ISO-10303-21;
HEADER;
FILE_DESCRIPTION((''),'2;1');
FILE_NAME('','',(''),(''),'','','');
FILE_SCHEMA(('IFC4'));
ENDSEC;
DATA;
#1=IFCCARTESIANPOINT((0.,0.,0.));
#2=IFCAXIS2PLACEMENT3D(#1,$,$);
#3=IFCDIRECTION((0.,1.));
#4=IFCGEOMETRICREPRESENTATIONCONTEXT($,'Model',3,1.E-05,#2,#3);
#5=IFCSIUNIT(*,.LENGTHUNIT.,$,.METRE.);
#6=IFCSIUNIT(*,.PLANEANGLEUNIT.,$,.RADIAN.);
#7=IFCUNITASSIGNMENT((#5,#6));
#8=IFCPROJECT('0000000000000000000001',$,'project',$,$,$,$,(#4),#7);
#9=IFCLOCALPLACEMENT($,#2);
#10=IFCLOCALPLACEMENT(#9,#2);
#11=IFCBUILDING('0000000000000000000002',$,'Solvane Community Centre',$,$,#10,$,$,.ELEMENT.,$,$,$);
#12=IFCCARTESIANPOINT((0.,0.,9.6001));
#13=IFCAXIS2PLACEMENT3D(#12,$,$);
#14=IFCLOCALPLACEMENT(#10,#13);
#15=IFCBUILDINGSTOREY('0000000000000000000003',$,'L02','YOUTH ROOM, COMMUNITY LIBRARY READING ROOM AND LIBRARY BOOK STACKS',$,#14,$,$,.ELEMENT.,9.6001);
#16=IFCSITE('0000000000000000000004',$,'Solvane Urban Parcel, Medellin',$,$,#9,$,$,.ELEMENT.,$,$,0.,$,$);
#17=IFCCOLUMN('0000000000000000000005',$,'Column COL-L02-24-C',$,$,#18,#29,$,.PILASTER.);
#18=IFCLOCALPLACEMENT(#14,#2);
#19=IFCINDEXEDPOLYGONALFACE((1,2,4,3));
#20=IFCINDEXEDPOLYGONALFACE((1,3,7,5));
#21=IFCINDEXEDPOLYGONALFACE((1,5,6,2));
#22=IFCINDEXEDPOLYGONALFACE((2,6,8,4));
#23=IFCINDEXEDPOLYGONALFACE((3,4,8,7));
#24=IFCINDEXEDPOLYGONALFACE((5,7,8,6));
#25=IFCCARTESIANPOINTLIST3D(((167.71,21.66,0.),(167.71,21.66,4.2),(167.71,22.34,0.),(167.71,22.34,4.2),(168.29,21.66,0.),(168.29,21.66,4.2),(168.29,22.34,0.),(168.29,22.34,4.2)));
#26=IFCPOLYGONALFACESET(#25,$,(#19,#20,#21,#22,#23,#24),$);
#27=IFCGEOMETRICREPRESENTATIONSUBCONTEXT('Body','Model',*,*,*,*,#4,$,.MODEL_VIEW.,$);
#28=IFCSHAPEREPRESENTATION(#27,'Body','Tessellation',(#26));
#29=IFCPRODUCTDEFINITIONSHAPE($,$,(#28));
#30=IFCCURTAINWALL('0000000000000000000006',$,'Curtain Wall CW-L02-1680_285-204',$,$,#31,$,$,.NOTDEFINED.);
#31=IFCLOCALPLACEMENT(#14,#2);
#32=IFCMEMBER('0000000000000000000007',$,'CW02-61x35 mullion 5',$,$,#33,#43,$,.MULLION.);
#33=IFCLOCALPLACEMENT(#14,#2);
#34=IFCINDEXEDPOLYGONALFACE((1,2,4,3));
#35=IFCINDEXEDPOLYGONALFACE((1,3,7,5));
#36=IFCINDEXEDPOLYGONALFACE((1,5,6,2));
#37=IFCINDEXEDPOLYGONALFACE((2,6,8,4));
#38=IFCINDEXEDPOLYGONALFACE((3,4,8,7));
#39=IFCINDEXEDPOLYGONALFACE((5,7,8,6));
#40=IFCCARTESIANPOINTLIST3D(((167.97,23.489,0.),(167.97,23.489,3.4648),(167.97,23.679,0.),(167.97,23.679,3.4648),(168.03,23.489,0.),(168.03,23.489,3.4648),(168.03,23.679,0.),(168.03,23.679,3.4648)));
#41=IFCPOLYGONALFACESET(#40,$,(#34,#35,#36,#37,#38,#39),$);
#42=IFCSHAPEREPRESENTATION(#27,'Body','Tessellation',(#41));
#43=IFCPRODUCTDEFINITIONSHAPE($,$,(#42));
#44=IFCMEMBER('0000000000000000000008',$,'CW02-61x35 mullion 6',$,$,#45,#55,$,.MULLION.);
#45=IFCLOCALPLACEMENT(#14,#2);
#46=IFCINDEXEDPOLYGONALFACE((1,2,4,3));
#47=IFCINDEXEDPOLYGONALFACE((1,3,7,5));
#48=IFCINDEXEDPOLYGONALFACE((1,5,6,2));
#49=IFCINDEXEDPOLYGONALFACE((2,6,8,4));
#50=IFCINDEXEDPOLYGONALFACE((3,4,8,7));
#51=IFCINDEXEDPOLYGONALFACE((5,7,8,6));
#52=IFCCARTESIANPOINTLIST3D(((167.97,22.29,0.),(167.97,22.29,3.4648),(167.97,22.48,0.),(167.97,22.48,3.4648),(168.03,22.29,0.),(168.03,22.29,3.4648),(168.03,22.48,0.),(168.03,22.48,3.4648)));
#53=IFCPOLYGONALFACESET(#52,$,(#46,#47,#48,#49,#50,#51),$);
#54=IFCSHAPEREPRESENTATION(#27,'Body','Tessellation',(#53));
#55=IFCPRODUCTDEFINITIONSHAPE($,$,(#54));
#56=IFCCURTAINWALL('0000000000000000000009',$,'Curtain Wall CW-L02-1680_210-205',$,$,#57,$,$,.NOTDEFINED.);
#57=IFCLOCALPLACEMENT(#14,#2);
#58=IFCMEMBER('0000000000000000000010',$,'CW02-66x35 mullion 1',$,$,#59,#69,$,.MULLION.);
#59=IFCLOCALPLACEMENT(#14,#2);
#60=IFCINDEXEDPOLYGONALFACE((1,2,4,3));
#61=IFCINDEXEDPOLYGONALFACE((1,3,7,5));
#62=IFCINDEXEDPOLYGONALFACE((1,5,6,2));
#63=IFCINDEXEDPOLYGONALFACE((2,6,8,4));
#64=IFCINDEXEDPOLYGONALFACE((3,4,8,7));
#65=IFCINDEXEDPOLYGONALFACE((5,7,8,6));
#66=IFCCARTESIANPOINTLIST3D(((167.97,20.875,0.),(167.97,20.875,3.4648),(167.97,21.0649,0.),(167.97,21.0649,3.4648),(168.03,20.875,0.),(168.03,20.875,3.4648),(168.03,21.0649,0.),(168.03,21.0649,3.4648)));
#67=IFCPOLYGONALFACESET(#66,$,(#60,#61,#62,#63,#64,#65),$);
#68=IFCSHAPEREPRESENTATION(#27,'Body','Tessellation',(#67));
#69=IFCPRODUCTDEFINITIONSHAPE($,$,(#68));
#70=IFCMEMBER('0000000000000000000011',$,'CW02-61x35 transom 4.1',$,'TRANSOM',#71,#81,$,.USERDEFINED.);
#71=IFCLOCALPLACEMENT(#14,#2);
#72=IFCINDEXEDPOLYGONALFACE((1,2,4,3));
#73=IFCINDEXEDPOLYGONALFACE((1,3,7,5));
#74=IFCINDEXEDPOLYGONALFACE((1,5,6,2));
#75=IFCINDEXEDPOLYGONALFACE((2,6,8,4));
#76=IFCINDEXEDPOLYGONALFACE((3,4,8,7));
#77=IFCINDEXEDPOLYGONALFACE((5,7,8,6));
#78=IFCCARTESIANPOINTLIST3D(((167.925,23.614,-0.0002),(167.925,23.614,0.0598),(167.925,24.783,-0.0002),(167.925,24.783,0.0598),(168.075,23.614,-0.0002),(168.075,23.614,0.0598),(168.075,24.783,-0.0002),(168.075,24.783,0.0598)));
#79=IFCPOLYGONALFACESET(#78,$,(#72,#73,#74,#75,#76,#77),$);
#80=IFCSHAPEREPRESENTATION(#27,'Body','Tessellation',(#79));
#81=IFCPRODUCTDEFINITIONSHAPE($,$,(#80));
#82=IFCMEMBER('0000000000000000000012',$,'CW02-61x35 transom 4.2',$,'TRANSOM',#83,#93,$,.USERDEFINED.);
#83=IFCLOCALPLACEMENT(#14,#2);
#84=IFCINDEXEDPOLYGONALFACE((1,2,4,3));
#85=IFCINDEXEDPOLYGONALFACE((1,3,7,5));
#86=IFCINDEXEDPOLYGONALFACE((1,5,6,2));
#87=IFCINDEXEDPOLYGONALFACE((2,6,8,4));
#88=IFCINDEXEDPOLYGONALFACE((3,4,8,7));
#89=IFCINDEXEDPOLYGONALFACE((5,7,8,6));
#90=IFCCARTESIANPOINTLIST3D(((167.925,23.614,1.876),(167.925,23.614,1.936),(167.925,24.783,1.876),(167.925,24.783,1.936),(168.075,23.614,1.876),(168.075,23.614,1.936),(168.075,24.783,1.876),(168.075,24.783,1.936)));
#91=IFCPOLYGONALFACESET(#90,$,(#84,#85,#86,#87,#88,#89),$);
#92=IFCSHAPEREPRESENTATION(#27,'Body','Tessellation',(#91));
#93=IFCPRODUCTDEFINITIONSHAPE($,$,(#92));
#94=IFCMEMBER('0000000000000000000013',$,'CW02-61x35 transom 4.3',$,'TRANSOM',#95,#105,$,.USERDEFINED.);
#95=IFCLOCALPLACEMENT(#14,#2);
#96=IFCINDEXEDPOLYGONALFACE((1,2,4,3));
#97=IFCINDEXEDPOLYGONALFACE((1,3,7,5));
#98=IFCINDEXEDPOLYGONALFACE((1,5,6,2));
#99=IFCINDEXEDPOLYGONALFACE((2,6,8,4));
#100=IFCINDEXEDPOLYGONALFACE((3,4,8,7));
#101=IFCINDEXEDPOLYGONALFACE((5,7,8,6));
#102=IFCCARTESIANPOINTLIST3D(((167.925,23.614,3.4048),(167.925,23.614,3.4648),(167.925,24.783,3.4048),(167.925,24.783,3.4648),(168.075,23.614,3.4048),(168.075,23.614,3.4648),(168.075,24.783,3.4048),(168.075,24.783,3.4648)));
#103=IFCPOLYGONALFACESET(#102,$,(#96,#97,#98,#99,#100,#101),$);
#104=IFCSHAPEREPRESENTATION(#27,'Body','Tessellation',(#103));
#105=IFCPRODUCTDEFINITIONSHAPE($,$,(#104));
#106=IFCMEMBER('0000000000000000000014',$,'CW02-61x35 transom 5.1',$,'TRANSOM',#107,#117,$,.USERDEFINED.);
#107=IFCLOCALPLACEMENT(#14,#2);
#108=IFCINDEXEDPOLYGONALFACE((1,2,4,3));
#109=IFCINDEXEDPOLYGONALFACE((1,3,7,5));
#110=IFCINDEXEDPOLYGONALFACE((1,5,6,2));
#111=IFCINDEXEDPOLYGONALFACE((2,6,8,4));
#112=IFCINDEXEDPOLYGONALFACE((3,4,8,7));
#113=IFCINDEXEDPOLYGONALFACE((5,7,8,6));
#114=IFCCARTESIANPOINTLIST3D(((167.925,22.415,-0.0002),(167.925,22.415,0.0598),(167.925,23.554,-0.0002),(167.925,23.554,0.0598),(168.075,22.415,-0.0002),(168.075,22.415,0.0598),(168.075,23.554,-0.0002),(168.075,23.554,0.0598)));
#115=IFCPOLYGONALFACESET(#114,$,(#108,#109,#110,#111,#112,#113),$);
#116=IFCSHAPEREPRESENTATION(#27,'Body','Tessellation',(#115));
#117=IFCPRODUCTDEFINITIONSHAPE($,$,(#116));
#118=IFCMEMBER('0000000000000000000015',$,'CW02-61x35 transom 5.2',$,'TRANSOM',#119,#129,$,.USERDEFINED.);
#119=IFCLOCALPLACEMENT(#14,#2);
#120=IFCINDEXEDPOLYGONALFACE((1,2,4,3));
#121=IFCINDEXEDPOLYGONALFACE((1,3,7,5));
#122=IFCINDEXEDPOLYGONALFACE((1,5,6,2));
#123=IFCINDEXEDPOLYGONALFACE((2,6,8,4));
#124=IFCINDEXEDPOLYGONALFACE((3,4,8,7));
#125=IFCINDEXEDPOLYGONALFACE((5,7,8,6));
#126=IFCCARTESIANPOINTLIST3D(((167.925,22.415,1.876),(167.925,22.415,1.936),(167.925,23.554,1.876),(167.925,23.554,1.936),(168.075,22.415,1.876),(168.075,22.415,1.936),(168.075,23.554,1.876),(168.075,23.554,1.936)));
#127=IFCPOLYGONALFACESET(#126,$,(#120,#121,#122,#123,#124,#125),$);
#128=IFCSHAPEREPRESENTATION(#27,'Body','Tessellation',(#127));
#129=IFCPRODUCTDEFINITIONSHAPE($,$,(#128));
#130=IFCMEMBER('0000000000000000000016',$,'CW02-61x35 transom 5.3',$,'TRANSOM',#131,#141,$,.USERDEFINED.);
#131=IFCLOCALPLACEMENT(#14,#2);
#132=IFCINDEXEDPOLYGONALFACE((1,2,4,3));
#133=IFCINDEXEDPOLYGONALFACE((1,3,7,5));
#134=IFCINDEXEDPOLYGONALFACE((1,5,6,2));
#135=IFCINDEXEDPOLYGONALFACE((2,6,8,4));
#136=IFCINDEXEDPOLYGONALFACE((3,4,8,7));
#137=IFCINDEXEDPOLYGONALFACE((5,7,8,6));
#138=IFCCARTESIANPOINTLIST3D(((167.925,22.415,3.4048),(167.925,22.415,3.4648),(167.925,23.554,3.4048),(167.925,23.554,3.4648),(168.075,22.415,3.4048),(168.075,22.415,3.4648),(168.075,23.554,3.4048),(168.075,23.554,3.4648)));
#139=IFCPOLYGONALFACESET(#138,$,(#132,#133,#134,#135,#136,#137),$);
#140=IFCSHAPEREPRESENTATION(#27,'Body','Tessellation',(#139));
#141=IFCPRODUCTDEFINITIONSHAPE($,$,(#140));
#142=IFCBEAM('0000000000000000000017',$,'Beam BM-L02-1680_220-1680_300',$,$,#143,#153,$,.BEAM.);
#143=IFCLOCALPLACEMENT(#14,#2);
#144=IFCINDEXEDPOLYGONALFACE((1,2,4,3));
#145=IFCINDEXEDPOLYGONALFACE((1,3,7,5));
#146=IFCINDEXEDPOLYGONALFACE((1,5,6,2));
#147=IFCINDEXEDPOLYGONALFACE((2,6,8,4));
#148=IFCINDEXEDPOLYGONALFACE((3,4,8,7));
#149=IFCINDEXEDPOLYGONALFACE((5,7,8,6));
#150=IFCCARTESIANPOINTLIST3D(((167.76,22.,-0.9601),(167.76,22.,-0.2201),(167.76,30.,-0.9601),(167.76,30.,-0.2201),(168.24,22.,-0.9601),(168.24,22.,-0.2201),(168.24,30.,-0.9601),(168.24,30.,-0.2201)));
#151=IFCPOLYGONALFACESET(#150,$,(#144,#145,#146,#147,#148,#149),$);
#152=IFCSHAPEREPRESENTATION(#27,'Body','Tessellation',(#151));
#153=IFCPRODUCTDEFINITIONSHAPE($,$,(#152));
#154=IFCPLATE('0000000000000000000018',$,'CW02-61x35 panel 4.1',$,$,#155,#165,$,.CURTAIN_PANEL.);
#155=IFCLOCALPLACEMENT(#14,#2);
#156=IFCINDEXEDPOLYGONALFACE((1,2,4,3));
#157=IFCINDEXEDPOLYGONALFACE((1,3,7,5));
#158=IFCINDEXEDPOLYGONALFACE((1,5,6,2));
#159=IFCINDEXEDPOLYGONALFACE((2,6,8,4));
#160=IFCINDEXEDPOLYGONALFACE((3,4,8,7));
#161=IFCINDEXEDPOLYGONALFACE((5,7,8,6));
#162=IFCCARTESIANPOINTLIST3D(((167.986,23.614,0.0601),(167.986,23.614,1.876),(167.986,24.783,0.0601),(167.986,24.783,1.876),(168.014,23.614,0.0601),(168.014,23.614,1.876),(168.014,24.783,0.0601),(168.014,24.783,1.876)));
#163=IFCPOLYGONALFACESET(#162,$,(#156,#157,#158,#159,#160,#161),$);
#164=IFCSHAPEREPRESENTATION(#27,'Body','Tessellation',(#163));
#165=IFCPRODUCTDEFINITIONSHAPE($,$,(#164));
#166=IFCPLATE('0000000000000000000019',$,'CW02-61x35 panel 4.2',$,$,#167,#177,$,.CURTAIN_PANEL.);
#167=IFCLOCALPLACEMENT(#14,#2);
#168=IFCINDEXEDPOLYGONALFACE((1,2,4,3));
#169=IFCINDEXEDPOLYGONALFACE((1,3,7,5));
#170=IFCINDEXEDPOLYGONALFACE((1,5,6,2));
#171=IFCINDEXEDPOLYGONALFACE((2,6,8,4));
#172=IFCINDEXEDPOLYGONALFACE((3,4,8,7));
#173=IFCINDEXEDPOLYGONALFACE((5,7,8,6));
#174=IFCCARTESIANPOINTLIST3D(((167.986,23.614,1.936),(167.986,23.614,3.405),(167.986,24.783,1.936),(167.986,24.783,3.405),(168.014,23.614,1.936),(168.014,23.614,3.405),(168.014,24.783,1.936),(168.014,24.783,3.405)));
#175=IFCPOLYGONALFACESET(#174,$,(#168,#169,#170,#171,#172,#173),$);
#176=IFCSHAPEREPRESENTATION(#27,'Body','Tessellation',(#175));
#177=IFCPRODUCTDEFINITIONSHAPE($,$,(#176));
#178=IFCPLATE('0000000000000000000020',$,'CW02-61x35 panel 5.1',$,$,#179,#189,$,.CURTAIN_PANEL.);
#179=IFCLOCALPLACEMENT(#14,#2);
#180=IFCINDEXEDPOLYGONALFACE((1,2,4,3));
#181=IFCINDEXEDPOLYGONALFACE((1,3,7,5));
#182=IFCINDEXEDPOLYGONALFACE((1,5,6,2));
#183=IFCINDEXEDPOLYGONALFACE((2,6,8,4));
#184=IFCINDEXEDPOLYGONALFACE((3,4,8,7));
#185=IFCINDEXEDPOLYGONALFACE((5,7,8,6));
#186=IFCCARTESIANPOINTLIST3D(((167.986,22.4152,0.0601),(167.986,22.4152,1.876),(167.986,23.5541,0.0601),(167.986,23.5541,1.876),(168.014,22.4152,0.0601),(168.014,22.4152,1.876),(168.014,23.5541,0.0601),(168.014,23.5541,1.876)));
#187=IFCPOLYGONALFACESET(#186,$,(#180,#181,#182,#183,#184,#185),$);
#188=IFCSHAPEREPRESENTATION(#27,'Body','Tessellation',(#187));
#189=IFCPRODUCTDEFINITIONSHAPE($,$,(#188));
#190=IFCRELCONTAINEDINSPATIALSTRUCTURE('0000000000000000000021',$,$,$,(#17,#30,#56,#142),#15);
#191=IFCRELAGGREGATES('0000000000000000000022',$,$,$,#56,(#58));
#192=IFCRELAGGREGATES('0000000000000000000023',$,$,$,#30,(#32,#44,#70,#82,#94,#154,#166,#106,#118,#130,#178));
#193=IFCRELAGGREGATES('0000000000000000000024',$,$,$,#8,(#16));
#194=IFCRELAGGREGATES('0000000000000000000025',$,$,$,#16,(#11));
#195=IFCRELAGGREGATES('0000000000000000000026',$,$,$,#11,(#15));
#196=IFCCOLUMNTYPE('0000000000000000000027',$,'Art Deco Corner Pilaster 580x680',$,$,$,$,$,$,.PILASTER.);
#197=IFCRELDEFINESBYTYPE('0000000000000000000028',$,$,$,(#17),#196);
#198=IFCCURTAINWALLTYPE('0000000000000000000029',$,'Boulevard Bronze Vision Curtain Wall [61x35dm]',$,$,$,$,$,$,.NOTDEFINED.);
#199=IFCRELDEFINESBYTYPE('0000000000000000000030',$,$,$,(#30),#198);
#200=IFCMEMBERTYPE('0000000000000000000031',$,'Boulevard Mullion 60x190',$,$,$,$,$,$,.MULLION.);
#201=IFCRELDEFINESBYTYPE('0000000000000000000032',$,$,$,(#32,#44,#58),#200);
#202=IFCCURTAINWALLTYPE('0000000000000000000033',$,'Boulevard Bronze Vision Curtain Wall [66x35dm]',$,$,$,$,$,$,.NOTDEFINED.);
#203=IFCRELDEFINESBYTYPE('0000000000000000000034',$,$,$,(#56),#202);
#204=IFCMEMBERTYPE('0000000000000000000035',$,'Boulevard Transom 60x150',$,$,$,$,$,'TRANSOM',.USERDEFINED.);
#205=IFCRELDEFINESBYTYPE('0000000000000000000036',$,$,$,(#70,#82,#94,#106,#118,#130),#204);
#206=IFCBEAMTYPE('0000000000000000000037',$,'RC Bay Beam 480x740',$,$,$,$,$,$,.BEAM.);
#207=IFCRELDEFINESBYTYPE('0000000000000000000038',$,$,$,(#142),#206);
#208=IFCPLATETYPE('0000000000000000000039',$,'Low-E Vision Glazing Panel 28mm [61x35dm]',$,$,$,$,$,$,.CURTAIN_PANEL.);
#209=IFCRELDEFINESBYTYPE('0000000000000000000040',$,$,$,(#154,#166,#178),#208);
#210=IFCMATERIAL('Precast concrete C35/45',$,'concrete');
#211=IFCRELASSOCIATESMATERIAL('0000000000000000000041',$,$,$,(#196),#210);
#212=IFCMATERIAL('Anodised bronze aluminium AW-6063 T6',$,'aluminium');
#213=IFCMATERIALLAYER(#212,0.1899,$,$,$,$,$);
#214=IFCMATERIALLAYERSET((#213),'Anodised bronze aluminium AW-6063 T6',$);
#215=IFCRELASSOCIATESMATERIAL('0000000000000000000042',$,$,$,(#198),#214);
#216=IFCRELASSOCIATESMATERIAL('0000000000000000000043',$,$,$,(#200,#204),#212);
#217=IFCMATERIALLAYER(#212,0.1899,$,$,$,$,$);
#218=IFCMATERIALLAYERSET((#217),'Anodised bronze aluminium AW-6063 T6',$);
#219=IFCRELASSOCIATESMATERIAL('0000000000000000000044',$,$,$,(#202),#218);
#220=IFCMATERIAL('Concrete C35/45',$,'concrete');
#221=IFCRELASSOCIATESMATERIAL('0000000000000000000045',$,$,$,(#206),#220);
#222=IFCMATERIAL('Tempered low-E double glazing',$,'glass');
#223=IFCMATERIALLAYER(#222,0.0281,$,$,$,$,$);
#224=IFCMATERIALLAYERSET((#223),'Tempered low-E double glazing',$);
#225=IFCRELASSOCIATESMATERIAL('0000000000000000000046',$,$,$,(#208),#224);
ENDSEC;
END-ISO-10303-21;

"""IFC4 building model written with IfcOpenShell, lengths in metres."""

from ifc_helpers import new_model, si_unit, direction, frame, origin, origin_2d, place, context, subcontext, project, spatial, rectangle, extrude, material, layer, layer_set, material_profile, profile_set, type_object, element, aggregate, save


model = new_model("IFC4")

# Units and contexts
model_context = context("Model", 3, precision=1e-05, world=origin(), true_north=direction((0.0, 1.0)))
body_context = subcontext(model_context, "Body", "Model", "MODEL_VIEW")
ifc_project = project(units=[si_unit("LENGTHUNIT", "METRE"), si_unit("PLANEANGLEUNIT", "RADIAN")], contexts=[model_context])

# Site, building, storey
site_placement = place(None, origin())
site = spatial("IfcSite", under=ifc_project, at=site_placement, Name="Solvane Urban Parcel, Medellin", CompositionType="ELEMENT", RefElevation=0.0)
building_placement = place(site_placement, origin())
building = spatial("IfcBuilding", under=site, at=building_placement, Name="Solvane Community Centre", CompositionType="ELEMENT")
storey_placement = place(building_placement, frame((0.0, 0.0, 9.6001)))
storey = spatial("IfcBuildingStorey", under=building, at=storey_placement, Name="L02", Description="YOUTH ROOM, COMMUNITY LIBRARY READING ROOM AND LIBRARY BOOK STACKS", CompositionType="ELEMENT", Elevation=9.6001)

# Column
ifc_material_1 = material(Name="Precast concrete C35/45", Category="concrete")
ifc_material_profile_1 = material_profile(ifc_material_1, rectangle(XDim=0.5801, YDim=0.6799, at=origin_2d()), Name="RC 580x680")
ifc_profile_set_1 = profile_set([ifc_material_profile_1], Name="Precast concrete C35/45")
column_type = type_object("IfcColumnType", Name="Art Deco Corner Pilaster 580x680", PredefinedType="PILASTER", material=ifc_profile_set_1)
column_placement = place(storey_placement, frame((168.0, 22.0, 0.0), z_axis=(0.0, 0.0, 1.0), x_axis=(1.0, 0.0, 0.0)))
element("IfcColumn", 1, at=column_placement, inside=storey, type_object=column_type, Name="Column COL-L02-24-C", PredefinedType="PILASTER", context=body_context, shape_type="SweptSolid", body=[
    extrude(rectangle(XDim=0.5801, YDim=0.6799, at=origin_2d()), origin(), (0.0, 0.0, 1.0), 4.2),
])

# Curtain wall, members
ifc_material_2 = material(Name="Anodised bronze aluminium AW-6063 T6", Category="aluminium")
ifc_layer_1 = layer(ifc_material_2, 0.1899)
ifc_layer_set_1 = layer_set([ifc_layer_1], Name="Anodised bronze aluminium AW-6063 T6")
curtain_wall_type_1 = type_object("IfcCurtainWallType", Name="Boulevard Bronze Vision Curtain Wall [61x35dm]", PredefinedType="NOTDEFINED", material=ifc_layer_set_1)
curtain_wall_1_placement = place(storey_placement, origin())
curtain_wall_1 = element("IfcCurtainWall", 2, at=curtain_wall_1_placement, inside=storey, type_object=curtain_wall_type_1, Name="Curtain Wall CW-L02-1680_285-204", PredefinedType="NOTDEFINED")
ifc_material_profile_2 = material_profile(ifc_material_2, rectangle(XDim=0.0601, YDim=0.1899, at=origin_2d()), Name="CW-M 60x190")
ifc_profile_set_2 = profile_set([ifc_material_profile_2], Name="Anodised bronze aluminium AW-6063 T6")
member_type_1 = type_object("IfcMemberType", Name="Boulevard Mullion 60x190", PredefinedType="MULLION", material=ifc_profile_set_2)
member_1_placement = place(storey_placement, frame((168.0, 23.584, 0.0), z_axis=(0.0, 0.0, 1.0), x_axis=(1.0, 0.0, 0.0)))
member_1 = element("IfcMember", 3, at=member_1_placement, type_object=member_type_1, Name="CW02-61x35 mullion 5", PredefinedType="MULLION", context=body_context, shape_type="SweptSolid", body=[
    extrude(rectangle(XDim=0.0601, YDim=0.1899, at=origin_2d()), origin(), (0.0, 0.0, 1.0), 3.4648),
])
member_2_placement = place(storey_placement, frame((168.0, 22.385, 0.0), z_axis=(0.0, 0.0, 1.0), x_axis=(1.0, 0.0, 0.0)))
member_2 = element("IfcMember", 4, at=member_2_placement, type_object=member_type_1, Name="CW02-61x35 mullion 6", PredefinedType="MULLION", context=body_context, shape_type="SweptSolid", body=[
    extrude(rectangle(XDim=0.0601, YDim=0.1899, at=origin_2d()), origin(), (0.0, 0.0, 1.0), 3.4648),
])

# Curtain wall, member
ifc_layer_2 = layer(ifc_material_2, 0.1899)
ifc_layer_set_2 = layer_set([ifc_layer_2], Name="Anodised bronze aluminium AW-6063 T6")
curtain_wall_type_2 = type_object("IfcCurtainWallType", Name="Boulevard Bronze Vision Curtain Wall [66x35dm]", PredefinedType="NOTDEFINED", material=ifc_layer_set_2)
curtain_wall_2_placement = place(storey_placement, origin())
curtain_wall_2 = element("IfcCurtainWall", 5, at=curtain_wall_2_placement, inside=storey, type_object=curtain_wall_type_2, Name="Curtain Wall CW-L02-1680_210-205", PredefinedType="NOTDEFINED")
member_3_placement = place(storey_placement, frame((168.0, 20.97, 0.0), z_axis=(0.0, 0.0, 1.0), x_axis=(1.0, 0.0, 0.0)))
member_3 = element("IfcMember", 6, at=member_3_placement, type_object=member_type_1, Name="CW02-66x35 mullion 1", PredefinedType="MULLION", context=body_context, shape_type="SweptSolid", body=[
    extrude(rectangle(XDim=0.0601, YDim=0.1899, at=origin_2d()), origin(), (0.0, 0.0, 1.0), 3.4648),
])
aggregate(curtain_wall_2, [member_3])

# Members
ifc_material_profile_3 = material_profile(ifc_material_2, rectangle(XDim=0.1499, YDim=0.0601, at=origin_2d()), Name="CW-T 60x150")
ifc_profile_set_3 = profile_set([ifc_material_profile_3], Name="Anodised bronze aluminium AW-6063 T6")
member_type_2 = type_object("IfcMemberType", Name="Boulevard Transom 60x150", ElementType="TRANSOM", PredefinedType="USERDEFINED", material=ifc_profile_set_3)
member_4_placement = place(storey_placement, frame((168.0, 24.783, 0.0298), z_axis=(0.0, -1.0, 0.0), x_axis=(1.0, 0.0, 0.0)))
member_4 = element("IfcMember", 7, at=member_4_placement, type_object=member_type_2, Name="CW02-61x35 transom 4.1", ObjectType="TRANSOM", PredefinedType="USERDEFINED", context=body_context, shape_type="SweptSolid", body=[
    extrude(rectangle(XDim=0.1499, YDim=0.0601, at=origin_2d()), origin(), (0.0, 0.0, 1.0), 1.1689),
])
member_5_placement = place(storey_placement, frame((168.0, 24.783, 1.906), z_axis=(0.0, -1.0, 0.0), x_axis=(1.0, 0.0, 0.0)))
member_5 = element("IfcMember", 8, at=member_5_placement, type_object=member_type_2, Name="CW02-61x35 transom 4.2", ObjectType="TRANSOM", PredefinedType="USERDEFINED", context=body_context, shape_type="SweptSolid", body=[
    extrude(rectangle(XDim=0.1499, YDim=0.0601, at=origin_2d()), origin(), (0.0, 0.0, 1.0), 1.1689),
])
member_6_placement = place(storey_placement, frame((168.0, 24.783, 3.4348), z_axis=(0.0, -1.0, 0.0), x_axis=(1.0, 0.0, 0.0)))
member_6 = element("IfcMember", 9, at=member_6_placement, type_object=member_type_2, Name="CW02-61x35 transom 4.3", ObjectType="TRANSOM", PredefinedType="USERDEFINED", context=body_context, shape_type="SweptSolid", body=[
    extrude(rectangle(XDim=0.1499, YDim=0.0601, at=origin_2d()), origin(), (0.0, 0.0, 1.0), 1.1689),
])
member_7_placement = place(storey_placement, frame((168.0, 23.554, 0.0298), z_axis=(0.0, -1.0, 0.0), x_axis=(1.0, 0.0, 0.0)))
member_7 = element("IfcMember", 10, at=member_7_placement, type_object=member_type_2, Name="CW02-61x35 transom 5.1", ObjectType="TRANSOM", PredefinedType="USERDEFINED", context=body_context, shape_type="SweptSolid", body=[
    extrude(rectangle(XDim=0.1499, YDim=0.0601, at=origin_2d()), origin(), (0.0, 0.0, 1.0), 1.1389),
])
member_8_placement = place(storey_placement, frame((168.0, 23.554, 1.906), z_axis=(0.0, -1.0, 0.0), x_axis=(1.0, 0.0, 0.0)))
member_8 = element("IfcMember", 11, at=member_8_placement, type_object=member_type_2, Name="CW02-61x35 transom 5.2", ObjectType="TRANSOM", PredefinedType="USERDEFINED", context=body_context, shape_type="SweptSolid", body=[
    extrude(rectangle(XDim=0.1499, YDim=0.0601, at=origin_2d()), origin(), (0.0, 0.0, 1.0), 1.1389),
])
member_9_placement = place(storey_placement, frame((168.0, 23.554, 3.4348), z_axis=(0.0, -1.0, 0.0), x_axis=(1.0, 0.0, 0.0)))
member_9 = element("IfcMember", 12, at=member_9_placement, type_object=member_type_2, Name="CW02-61x35 transom 5.3", ObjectType="TRANSOM", PredefinedType="USERDEFINED", context=body_context, shape_type="SweptSolid", body=[
    extrude(rectangle(XDim=0.1499, YDim=0.0601, at=origin_2d()), origin(), (0.0, 0.0, 1.0), 1.1389),
])

# Beam
ifc_material_3 = material(Name="Concrete C35/45", Category="concrete")
ifc_material_profile_4 = material_profile(ifc_material_3, rectangle(XDim=0.48, YDim=0.74, at=origin_2d()), Name="RC 480x740")
ifc_profile_set_4 = profile_set([ifc_material_profile_4], Name="Concrete C35/45")
beam_type = type_object("IfcBeamType", Name="RC Bay Beam 480x740", PredefinedType="BEAM", material=ifc_profile_set_4)
beam_placement = place(storey_placement, frame((168.0, 22.0, -0.5901), z_axis=(0.0, 1.0, 0.0), x_axis=(-1.0, 0.0, 0.0)))
element("IfcBeam", 13, at=beam_placement, inside=storey, type_object=beam_type, Name="Beam BM-L02-1680_220-1680_300", PredefinedType="BEAM", context=body_context, shape_type="SweptSolid", body=[
    extrude(rectangle(XDim=0.48, YDim=0.74, at=origin_2d()), origin(), (0.0, 0.0, 1.0), 8.0),
])

# Plates
ifc_material_4 = material(Name="Tempered low-E double glazing", Category="glass")
ifc_layer_3 = layer(ifc_material_4, 0.0281)
ifc_layer_set_3 = layer_set([ifc_layer_3], Name="Tempered low-E double glazing")
plate_type = type_object("IfcPlateType", Name="Low-E Vision Glazing Panel 28mm [61x35dm]", PredefinedType="CURTAIN_PANEL", material=ifc_layer_set_3)
plate_1_placement = place(storey_placement, frame((168.0, 24.1985, 0.0601), z_axis=(0.0, 0.0, 1.0), x_axis=(0.0, -1.0, 0.0)))
plate_1 = element("IfcPlate", 14, at=plate_1_placement, type_object=plate_type, Name="CW02-61x35 panel 4.1", PredefinedType="CURTAIN_PANEL", context=body_context, shape_type="SweptSolid", body=[
    extrude(rectangle(XDim=1.1689, YDim=0.0281, at=origin_2d()), origin(), (0.0, 0.0, 1.0), 1.8159),
])
plate_2_placement = place(storey_placement, frame((168.0, 24.1985, 1.936), z_axis=(0.0, 0.0, 1.0), x_axis=(0.0, -1.0, 0.0)))
plate_2 = element("IfcPlate", 15, at=plate_2_placement, type_object=plate_type, Name="CW02-61x35 panel 4.2", PredefinedType="CURTAIN_PANEL", context=body_context, shape_type="SweptSolid", body=[
    extrude(rectangle(XDim=1.1689, YDim=0.0281, at=origin_2d()), origin(), (0.0, 0.0, 1.0), 1.469),
])
plate_3_placement = place(storey_placement, frame((168.0, 22.9846, 0.0601), z_axis=(0.0, 0.0, 1.0), x_axis=(0.0, -1.0, 0.0)))
plate_3 = element("IfcPlate", 16, at=plate_3_placement, type_object=plate_type, Name="CW02-61x35 panel 5.1", PredefinedType="CURTAIN_PANEL", context=body_context, shape_type="SweptSolid", body=[
    extrude(rectangle(XDim=1.1389, YDim=0.0281, at=origin_2d()), origin(), (0.0, 0.0, 1.0), 1.8159),
])
aggregate(curtain_wall_1, [member_1, member_2, member_4, member_5, member_6, plate_1, plate_2, member_7, member_8, member_9, plate_3])

save(model, "model.ifc")
